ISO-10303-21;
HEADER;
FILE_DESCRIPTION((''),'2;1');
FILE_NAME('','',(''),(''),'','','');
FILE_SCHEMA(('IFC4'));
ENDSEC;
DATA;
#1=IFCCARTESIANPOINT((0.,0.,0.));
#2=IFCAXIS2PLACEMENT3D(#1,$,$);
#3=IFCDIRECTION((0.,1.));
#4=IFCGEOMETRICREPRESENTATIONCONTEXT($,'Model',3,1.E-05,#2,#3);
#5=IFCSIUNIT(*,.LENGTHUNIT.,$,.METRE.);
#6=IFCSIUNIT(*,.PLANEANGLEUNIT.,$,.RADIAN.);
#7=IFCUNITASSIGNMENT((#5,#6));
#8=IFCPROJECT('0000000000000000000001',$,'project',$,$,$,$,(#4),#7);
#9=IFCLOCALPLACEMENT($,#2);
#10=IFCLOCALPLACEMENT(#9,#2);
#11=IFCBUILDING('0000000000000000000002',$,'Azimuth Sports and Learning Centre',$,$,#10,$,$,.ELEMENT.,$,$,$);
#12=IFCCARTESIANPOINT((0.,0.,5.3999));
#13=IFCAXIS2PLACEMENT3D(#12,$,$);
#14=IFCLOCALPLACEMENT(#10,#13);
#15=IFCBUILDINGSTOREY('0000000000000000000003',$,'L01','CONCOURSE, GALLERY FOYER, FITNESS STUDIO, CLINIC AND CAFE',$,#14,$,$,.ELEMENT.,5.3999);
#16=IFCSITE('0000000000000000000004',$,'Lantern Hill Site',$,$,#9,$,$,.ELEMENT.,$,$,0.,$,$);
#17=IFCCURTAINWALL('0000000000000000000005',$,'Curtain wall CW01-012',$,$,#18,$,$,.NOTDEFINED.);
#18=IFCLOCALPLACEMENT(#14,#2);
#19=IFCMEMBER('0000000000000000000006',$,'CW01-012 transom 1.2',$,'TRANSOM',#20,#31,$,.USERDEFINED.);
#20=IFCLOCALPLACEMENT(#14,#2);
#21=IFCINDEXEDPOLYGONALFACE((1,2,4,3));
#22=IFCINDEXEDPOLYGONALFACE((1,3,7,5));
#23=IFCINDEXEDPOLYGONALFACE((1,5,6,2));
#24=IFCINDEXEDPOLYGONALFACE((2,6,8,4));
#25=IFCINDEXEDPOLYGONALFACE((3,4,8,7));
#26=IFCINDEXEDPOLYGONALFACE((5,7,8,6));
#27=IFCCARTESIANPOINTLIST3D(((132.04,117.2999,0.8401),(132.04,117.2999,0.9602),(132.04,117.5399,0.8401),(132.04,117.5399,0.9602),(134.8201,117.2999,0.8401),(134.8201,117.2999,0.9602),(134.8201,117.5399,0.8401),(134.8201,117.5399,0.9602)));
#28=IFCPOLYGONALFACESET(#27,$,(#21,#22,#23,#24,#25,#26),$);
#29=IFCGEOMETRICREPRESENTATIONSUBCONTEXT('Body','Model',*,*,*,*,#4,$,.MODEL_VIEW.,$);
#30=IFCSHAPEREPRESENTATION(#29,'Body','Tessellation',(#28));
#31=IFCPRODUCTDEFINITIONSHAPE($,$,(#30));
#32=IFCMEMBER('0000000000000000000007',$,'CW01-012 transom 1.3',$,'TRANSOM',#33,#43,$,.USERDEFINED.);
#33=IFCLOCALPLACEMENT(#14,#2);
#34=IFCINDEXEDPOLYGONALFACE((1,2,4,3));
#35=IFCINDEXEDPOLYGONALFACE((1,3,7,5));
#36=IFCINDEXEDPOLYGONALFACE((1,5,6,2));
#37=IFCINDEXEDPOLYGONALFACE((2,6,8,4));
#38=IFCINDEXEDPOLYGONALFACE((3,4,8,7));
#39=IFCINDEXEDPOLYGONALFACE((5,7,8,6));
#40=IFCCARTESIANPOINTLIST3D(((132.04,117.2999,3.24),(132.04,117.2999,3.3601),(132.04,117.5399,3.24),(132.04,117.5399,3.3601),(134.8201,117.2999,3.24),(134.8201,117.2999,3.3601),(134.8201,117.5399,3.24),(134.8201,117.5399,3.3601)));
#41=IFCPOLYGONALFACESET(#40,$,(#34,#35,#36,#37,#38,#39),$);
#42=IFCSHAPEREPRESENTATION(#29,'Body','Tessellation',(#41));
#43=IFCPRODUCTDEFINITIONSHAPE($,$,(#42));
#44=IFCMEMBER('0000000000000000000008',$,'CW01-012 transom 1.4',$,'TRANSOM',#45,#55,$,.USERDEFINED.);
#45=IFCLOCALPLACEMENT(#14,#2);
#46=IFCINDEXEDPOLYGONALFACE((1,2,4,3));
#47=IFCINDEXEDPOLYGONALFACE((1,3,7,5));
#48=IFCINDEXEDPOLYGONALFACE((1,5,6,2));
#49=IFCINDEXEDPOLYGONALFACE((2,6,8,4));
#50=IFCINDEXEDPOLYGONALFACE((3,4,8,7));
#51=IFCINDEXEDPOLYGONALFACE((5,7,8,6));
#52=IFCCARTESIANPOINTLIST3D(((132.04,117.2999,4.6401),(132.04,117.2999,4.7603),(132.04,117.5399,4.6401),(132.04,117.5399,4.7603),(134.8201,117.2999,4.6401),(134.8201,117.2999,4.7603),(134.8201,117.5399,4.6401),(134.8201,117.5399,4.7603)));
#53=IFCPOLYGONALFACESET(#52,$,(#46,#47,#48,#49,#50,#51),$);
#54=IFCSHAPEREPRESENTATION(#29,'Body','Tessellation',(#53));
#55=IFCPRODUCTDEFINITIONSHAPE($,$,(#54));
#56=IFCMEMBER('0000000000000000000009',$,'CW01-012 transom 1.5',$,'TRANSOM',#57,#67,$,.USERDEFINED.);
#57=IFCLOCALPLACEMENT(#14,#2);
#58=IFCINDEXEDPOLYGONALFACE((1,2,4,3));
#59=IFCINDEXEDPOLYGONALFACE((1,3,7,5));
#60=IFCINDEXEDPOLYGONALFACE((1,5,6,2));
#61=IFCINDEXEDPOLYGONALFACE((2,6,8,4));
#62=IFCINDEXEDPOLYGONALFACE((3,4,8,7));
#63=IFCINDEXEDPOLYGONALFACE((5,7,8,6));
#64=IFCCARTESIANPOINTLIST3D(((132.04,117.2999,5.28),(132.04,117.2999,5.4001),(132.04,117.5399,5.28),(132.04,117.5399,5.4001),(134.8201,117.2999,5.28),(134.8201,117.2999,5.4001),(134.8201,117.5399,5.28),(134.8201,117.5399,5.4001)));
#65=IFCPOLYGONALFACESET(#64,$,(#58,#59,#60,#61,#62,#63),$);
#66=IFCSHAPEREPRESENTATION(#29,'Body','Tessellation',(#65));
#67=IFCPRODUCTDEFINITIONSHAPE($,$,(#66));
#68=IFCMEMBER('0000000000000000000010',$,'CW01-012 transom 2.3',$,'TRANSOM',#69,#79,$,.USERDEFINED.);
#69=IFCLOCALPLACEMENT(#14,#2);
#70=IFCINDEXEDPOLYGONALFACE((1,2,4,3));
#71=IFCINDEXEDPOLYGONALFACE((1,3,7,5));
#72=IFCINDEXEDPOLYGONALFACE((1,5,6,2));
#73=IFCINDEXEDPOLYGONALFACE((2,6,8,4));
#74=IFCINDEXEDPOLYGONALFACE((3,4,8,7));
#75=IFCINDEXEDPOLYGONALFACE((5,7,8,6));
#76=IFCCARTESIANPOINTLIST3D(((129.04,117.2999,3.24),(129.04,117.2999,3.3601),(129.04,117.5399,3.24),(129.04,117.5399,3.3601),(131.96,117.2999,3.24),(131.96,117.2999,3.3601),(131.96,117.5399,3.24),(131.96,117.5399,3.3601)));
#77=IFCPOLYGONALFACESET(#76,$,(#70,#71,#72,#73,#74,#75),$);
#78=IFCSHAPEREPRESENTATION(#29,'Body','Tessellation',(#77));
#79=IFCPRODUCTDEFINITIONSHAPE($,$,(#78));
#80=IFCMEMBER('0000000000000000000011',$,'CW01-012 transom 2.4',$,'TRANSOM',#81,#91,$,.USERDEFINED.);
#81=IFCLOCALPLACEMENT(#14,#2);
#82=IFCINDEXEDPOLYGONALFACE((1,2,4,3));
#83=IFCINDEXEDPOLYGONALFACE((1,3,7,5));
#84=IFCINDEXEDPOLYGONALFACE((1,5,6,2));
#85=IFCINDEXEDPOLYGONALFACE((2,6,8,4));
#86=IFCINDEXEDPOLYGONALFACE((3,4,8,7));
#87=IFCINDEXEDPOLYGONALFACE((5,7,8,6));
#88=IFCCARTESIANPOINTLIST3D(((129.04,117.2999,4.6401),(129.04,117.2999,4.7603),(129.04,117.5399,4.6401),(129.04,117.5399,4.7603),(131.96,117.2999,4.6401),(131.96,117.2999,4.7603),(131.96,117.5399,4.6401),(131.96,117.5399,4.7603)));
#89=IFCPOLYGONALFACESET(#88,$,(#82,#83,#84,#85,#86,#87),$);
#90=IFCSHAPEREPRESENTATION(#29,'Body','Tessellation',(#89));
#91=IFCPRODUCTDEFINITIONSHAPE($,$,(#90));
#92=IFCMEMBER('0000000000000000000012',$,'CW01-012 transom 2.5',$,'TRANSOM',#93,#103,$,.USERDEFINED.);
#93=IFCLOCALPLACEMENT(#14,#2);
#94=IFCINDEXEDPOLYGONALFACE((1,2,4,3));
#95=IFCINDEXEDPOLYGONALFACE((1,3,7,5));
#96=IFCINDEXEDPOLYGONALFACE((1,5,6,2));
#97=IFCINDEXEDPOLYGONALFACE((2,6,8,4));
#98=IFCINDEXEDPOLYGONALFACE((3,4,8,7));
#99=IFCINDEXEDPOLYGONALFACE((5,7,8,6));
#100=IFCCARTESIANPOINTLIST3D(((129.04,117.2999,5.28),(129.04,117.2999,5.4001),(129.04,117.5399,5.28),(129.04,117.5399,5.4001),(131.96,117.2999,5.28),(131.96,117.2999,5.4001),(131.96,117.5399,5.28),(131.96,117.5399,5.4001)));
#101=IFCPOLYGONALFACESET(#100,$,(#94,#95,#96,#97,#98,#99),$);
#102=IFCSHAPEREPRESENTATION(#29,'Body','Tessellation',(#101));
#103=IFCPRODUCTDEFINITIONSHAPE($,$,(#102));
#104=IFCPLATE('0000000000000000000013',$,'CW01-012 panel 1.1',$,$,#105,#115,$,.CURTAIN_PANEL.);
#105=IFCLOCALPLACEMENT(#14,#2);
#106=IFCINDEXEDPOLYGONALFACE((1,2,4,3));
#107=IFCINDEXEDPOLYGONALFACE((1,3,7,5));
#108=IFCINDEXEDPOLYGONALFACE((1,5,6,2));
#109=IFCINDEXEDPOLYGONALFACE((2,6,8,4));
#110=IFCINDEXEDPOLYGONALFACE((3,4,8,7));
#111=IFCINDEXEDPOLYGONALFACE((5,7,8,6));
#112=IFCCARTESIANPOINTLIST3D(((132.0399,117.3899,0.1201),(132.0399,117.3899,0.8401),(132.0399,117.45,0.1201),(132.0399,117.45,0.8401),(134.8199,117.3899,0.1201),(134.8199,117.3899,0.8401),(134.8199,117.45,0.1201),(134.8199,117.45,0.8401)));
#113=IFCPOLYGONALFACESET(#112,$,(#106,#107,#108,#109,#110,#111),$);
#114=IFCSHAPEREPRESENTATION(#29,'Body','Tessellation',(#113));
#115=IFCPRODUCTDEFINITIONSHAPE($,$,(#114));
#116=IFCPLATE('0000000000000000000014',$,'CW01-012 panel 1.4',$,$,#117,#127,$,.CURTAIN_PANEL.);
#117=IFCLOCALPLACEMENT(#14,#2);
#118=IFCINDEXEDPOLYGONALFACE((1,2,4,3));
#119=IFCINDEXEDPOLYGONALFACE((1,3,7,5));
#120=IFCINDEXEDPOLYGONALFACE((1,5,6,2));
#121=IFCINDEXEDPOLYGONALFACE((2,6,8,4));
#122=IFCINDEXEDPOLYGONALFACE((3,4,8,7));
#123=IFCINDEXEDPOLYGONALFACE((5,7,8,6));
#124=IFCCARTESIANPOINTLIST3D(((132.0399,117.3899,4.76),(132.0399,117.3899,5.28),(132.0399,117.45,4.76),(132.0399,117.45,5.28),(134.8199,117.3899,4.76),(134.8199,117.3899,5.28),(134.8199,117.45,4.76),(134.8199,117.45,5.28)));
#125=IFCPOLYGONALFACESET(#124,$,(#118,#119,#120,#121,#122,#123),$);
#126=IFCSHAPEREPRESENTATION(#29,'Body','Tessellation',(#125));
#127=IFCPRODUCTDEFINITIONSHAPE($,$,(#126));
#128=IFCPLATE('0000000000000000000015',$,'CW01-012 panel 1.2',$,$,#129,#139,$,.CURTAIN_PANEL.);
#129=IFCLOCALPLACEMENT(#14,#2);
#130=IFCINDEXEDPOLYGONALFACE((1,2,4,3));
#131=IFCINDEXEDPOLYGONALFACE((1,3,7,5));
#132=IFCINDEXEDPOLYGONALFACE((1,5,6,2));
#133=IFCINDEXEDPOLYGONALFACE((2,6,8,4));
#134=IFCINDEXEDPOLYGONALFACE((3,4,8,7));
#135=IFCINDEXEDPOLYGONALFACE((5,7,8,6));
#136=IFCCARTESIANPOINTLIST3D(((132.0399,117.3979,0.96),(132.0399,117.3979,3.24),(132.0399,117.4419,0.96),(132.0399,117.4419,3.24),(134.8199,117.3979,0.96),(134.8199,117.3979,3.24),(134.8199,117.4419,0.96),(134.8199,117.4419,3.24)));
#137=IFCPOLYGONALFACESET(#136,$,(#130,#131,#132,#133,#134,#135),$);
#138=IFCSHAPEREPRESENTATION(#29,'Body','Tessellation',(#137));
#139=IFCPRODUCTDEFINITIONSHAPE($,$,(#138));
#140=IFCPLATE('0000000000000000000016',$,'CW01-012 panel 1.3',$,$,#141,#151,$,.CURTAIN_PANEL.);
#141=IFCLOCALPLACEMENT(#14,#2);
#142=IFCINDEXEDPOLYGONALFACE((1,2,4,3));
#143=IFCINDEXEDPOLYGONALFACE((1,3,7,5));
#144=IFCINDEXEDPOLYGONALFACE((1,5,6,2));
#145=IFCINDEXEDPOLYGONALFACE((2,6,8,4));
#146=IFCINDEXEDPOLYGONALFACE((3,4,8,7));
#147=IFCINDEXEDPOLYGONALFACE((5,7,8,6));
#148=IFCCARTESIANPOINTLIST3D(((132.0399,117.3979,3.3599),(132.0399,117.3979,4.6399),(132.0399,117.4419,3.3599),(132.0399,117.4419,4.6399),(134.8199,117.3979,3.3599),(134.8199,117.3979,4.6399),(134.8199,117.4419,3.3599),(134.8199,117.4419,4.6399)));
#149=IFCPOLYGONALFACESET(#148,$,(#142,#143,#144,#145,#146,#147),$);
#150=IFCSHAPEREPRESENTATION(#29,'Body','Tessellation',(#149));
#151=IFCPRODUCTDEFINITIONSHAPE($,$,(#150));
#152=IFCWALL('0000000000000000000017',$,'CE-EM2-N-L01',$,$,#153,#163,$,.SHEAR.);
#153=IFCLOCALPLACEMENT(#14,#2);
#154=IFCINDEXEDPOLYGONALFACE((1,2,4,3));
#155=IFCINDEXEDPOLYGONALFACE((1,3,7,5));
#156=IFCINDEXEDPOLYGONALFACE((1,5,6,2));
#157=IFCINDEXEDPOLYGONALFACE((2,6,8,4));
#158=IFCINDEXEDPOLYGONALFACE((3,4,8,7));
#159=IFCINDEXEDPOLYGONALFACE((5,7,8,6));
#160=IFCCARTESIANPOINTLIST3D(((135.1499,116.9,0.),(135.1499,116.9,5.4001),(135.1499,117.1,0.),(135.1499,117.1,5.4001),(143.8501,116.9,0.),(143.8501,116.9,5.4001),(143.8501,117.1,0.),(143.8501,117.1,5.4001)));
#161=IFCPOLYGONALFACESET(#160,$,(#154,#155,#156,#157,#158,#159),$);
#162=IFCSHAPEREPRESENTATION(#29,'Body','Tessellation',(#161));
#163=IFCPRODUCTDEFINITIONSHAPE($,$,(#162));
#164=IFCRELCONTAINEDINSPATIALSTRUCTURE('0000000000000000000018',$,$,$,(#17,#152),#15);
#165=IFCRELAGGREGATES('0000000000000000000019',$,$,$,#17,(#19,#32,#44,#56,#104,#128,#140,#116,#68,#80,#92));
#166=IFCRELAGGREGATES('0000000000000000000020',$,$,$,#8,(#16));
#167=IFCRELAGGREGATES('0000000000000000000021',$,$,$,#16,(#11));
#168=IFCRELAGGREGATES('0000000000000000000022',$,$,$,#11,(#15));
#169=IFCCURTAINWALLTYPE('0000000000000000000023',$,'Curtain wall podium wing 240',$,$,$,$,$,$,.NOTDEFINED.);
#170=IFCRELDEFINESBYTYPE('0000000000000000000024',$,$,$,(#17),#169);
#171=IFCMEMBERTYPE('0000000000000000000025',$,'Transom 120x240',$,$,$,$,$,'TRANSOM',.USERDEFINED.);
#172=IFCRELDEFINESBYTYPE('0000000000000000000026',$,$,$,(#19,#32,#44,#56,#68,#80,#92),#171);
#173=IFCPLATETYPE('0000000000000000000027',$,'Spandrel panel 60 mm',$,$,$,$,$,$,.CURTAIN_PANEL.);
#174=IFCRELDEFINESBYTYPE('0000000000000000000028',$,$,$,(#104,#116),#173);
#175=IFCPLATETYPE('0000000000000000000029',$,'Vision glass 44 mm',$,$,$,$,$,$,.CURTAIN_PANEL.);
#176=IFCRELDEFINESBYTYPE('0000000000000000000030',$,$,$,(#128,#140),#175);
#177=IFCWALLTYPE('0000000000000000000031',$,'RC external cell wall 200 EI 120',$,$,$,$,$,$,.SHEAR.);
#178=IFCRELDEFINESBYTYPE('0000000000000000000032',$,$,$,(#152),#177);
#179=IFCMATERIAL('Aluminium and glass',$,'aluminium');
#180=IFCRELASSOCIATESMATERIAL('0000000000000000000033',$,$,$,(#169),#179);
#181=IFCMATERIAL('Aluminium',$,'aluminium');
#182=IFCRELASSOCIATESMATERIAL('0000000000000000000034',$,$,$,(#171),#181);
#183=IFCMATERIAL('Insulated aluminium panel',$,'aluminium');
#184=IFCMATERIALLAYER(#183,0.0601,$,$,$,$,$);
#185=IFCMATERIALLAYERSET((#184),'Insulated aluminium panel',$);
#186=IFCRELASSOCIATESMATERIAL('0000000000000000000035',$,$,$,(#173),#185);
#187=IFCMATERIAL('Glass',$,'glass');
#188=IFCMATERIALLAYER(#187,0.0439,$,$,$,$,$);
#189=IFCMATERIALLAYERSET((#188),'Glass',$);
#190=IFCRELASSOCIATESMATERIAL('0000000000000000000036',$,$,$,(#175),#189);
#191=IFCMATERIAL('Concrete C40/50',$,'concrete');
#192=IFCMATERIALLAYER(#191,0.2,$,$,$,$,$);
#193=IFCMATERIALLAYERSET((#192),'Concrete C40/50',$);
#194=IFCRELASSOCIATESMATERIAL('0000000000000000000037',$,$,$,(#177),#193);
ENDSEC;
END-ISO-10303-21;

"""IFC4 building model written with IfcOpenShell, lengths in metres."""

from ifc_helpers import new_model, si_unit, direction, frame, frame_2d, origin, origin_2d, place, context, subcontext, project, spatial, rectangle, extrude, material, layer, layer_set, material_profile, profile_set, type_object, element, aggregate, save


model = new_model("IFC4")

# Units and contexts
model_context = context("Model", 3, precision=1e-05, world=origin(), true_north=direction((0.0, 1.0)))
body_context = subcontext(model_context, "Body", "Model", "MODEL_VIEW")
ifc_project = project(units=[si_unit("LENGTHUNIT", "METRE"), si_unit("PLANEANGLEUNIT", "RADIAN")], contexts=[model_context])

# Site, building, storey
site_placement = place(None, origin())
site = spatial("IfcSite", under=ifc_project, at=site_placement, Name="Lantern Hill Site", CompositionType="ELEMENT", RefElevation=0.0)
building_placement = place(site_placement, origin())
building = spatial("IfcBuilding", under=site, at=building_placement, Name="Azimuth Sports and Learning Centre", CompositionType="ELEMENT")
storey_placement = place(building_placement, frame((0.0, 0.0, 5.3999)))
storey = spatial("IfcBuildingStorey", under=building, at=storey_placement, Name="L01", Description="CONCOURSE, GALLERY FOYER, FITNESS STUDIO, CLINIC AND CAFE", CompositionType="ELEMENT", Elevation=5.3999)

# Curtain wall, members, plates
ifc_material_1 = material(Name="Aluminium and glass", Category="aluminium")
curtain_wall_type = type_object("IfcCurtainWallType", Name="Curtain wall podium wing 240", PredefinedType="NOTDEFINED", material=ifc_material_1)
curtain_wall_placement = place(storey_placement, origin())
curtain_wall = element("IfcCurtainWall", 1, at=curtain_wall_placement, inside=storey, type_object=curtain_wall_type, Name="Curtain wall CW01-012", PredefinedType="NOTDEFINED")
ifc_material_2 = material(Name="Aluminium", Category="aluminium")
ifc_material_profile_1 = material_profile(ifc_material_2, rectangle(XDim=0.24, YDim=0.1201, at=origin_2d()), Name="Transom 120x240")
ifc_profile_set_1 = profile_set([ifc_material_profile_1], Name="Aluminium")
member_type_1 = type_object("IfcMemberType", Name="Transom 120x240", ElementType="TRANSOM", PredefinedType="USERDEFINED", material=ifc_profile_set_1)
member_1_placement = place(storey_placement, frame((134.8201, 117.4199, 0.9001), z_axis=(-1.0, 0.0, 0.0), x_axis=(0.0, -1.0, 0.0)))
member_1 = element("IfcMember", 2, at=member_1_placement, type_object=member_type_1, Name="CW01-012 transom 1.2", ObjectType="TRANSOM", PredefinedType="USERDEFINED", context=body_context, shape_type="SweptSolid", body=[
    extrude(rectangle(XDim=0.24, YDim=0.1201, at=origin_2d()), origin(), (0.0, 0.0, 1.0), 2.78),
])
member_2_placement = place(storey_placement, frame((134.8201, 117.4199, 3.3), z_axis=(-1.0, 0.0, 0.0), x_axis=(0.0, -1.0, 0.0)))
member_2 = element("IfcMember", 3, at=member_2_placement, type_object=member_type_1, Name="CW01-012 transom 1.3", ObjectType="TRANSOM", PredefinedType="USERDEFINED", context=body_context, shape_type="SweptSolid", body=[
    extrude(rectangle(XDim=0.24, YDim=0.1201, at=origin_2d()), origin(), (0.0, 0.0, 1.0), 2.78),
])
member_3_placement = place(storey_placement, frame((134.8201, 117.4199, 4.7002), z_axis=(-1.0, 0.0, 0.0), x_axis=(0.0, -1.0, 0.0)))
member_3 = element("IfcMember", 4, at=member_3_placement, type_object=member_type_1, Name="CW01-012 transom 1.4", ObjectType="TRANSOM", PredefinedType="USERDEFINED", context=body_context, shape_type="SweptSolid", body=[
    extrude(rectangle(XDim=0.24, YDim=0.1201, at=origin_2d()), origin(), (0.0, 0.0, 1.0), 2.78),
])
member_4_placement = place(storey_placement, frame((134.8201, 117.4199, 5.3401), z_axis=(-1.0, 0.0, 0.0), x_axis=(0.0, -1.0, 0.0)))
member_4 = element("IfcMember", 5, at=member_4_placement, type_object=member_type_1, Name="CW01-012 transom 1.5", ObjectType="TRANSOM", PredefinedType="USERDEFINED", context=body_context, shape_type="SweptSolid", body=[
    extrude(rectangle(XDim=0.24, YDim=0.1201, at=origin_2d()), origin(), (0.0, 0.0, 1.0), 2.78),
])
member_5_placement = place(storey_placement, frame((131.96, 117.4199, 3.3), z_axis=(-1.0, 0.0, 0.0), x_axis=(0.0, -1.0, 0.0)))
member_5 = element("IfcMember", 6, at=member_5_placement, type_object=member_type_1, Name="CW01-012 transom 2.3", ObjectType="TRANSOM", PredefinedType="USERDEFINED", context=body_context, shape_type="SweptSolid", body=[
    extrude(rectangle(XDim=0.24, YDim=0.1201, at=origin_2d()), origin(), (0.0, 0.0, 1.0), 2.9199),
])
member_6_placement = place(storey_placement, frame((131.96, 117.4199, 4.7002), z_axis=(-1.0, 0.0, 0.0), x_axis=(0.0, -1.0, 0.0)))
member_6 = element("IfcMember", 7, at=member_6_placement, type_object=member_type_1, Name="CW01-012 transom 2.4", ObjectType="TRANSOM", PredefinedType="USERDEFINED", context=body_context, shape_type="SweptSolid", body=[
    extrude(rectangle(XDim=0.24, YDim=0.1201, at=origin_2d()), origin(), (0.0, 0.0, 1.0), 2.9199),
])
member_7_placement = place(storey_placement, frame((131.96, 117.4199, 5.3401), z_axis=(-1.0, 0.0, 0.0), x_axis=(0.0, -1.0, 0.0)))
member_7 = element("IfcMember", 8, at=member_7_placement, type_object=member_type_1, Name="CW01-012 transom 2.5", ObjectType="TRANSOM", PredefinedType="USERDEFINED", context=body_context, shape_type="SweptSolid", body=[
    extrude(rectangle(XDim=0.24, YDim=0.1201, at=origin_2d()), origin(), (0.0, 0.0, 1.0), 2.9199),
])
ifc_material_3 = material(Name="Insulated aluminium panel", Category="aluminium")
ifc_layer_1 = layer(ifc_material_3, 0.0601)
ifc_layer_set_1 = layer_set([ifc_layer_1], Name="Insulated aluminium panel")
plate_type_1 = type_object("IfcPlateType", Name="Spandrel panel 60 mm", PredefinedType="CURTAIN_PANEL", material=ifc_layer_set_1)
plate_1_placement = place(storey_placement, frame((133.4299, 117.4199, 0.1201), z_axis=(0.0, 0.0, 1.0), x_axis=(-1.0, 0.0, 0.0)))
plate_1 = element("IfcPlate", 9, at=plate_1_placement, type_object=plate_type_1, Name="CW01-012 panel 1.1", PredefinedType="CURTAIN_PANEL", context=body_context, shape_type="SweptSolid", body=[
    extrude(rectangle(XDim=2.78, YDim=0.0601, at=origin_2d()), origin(), (0.0, 0.0, 1.0), 0.72),
])
plate_2_placement = place(storey_placement, frame((133.4299, 117.4199, 4.76), z_axis=(0.0, 0.0, 1.0), x_axis=(-1.0, 0.0, 0.0)))
plate_2 = element("IfcPlate", 10, at=plate_2_placement, type_object=plate_type_1, Name="CW01-012 panel 1.4", PredefinedType="CURTAIN_PANEL", context=body_context, shape_type="SweptSolid", body=[
    extrude(rectangle(XDim=2.78, YDim=0.0601, at=origin_2d()), origin(), (0.0, 0.0, 1.0), 0.52),
])
ifc_material_4 = material(Name="Glass", Category="glass")
ifc_layer_2 = layer(ifc_material_4, 0.0439)
ifc_layer_set_2 = layer_set([ifc_layer_2], Name="Glass")
plate_type_2 = type_object("IfcPlateType", Name="Vision glass 44 mm", PredefinedType="CURTAIN_PANEL", material=ifc_layer_set_2)
plate_3_placement = place(storey_placement, frame((133.4299, 117.4199, 0.96), z_axis=(0.0, 0.0, 1.0), x_axis=(-1.0, 0.0, 0.0)))
plate_3 = element("IfcPlate", 11, at=plate_3_placement, type_object=plate_type_2, Name="CW01-012 panel 1.2", PredefinedType="CURTAIN_PANEL", context=body_context, shape_type="SweptSolid", body=[
    extrude(rectangle(XDim=2.78, YDim=0.0439, at=origin_2d()), origin(), (0.0, 0.0, 1.0), 2.28),
])
plate_4_placement = place(storey_placement, frame((133.4299, 117.4199, 3.3599), z_axis=(0.0, 0.0, 1.0), x_axis=(-1.0, 0.0, 0.0)))
plate_4 = element("IfcPlate", 12, at=plate_4_placement, type_object=plate_type_2, Name="CW01-012 panel 1.3", PredefinedType="CURTAIN_PANEL", context=body_context, shape_type="SweptSolid", body=[
    extrude(rectangle(XDim=2.78, YDim=0.0439, at=origin_2d()), origin(), (0.0, 0.0, 1.0), 1.28),
])
aggregate(curtain_wall, [member_1, member_2, member_3, member_4, plate_1, plate_3, plate_4, plate_2, member_5, member_6, member_7])

# Wall
ifc_material_5 = material(Name="Concrete C40/50", Category="concrete")
ifc_layer_3 = layer(ifc_material_5, 0.2)
ifc_layer_set_3 = layer_set([ifc_layer_3], Name="Concrete C40/50")
wall_type = type_object("IfcWallType", Name="RC external cell wall 200 EI 120", PredefinedType="SHEAR", material=ifc_layer_set_3)
wall_placement = place(storey_placement, frame((135.1499, 117.0, 0.0), z_axis=(0.0, 0.0, 1.0), x_axis=(1.0, 0.0, 0.0)))
element("IfcWall", 13, at=wall_placement, inside=storey, type_object=wall_type, Name="CE-EM2-N-L01", PredefinedType="SHEAR", context=body_context, shape_type="SweptSolid", body=[
    extrude(rectangle(XDim=8.7002, YDim=0.2, at=frame_2d((4.3501, 0.0))), origin(), (0.0, 0.0, 1.0), 5.4001),
])

save(model, "model.ifc")
